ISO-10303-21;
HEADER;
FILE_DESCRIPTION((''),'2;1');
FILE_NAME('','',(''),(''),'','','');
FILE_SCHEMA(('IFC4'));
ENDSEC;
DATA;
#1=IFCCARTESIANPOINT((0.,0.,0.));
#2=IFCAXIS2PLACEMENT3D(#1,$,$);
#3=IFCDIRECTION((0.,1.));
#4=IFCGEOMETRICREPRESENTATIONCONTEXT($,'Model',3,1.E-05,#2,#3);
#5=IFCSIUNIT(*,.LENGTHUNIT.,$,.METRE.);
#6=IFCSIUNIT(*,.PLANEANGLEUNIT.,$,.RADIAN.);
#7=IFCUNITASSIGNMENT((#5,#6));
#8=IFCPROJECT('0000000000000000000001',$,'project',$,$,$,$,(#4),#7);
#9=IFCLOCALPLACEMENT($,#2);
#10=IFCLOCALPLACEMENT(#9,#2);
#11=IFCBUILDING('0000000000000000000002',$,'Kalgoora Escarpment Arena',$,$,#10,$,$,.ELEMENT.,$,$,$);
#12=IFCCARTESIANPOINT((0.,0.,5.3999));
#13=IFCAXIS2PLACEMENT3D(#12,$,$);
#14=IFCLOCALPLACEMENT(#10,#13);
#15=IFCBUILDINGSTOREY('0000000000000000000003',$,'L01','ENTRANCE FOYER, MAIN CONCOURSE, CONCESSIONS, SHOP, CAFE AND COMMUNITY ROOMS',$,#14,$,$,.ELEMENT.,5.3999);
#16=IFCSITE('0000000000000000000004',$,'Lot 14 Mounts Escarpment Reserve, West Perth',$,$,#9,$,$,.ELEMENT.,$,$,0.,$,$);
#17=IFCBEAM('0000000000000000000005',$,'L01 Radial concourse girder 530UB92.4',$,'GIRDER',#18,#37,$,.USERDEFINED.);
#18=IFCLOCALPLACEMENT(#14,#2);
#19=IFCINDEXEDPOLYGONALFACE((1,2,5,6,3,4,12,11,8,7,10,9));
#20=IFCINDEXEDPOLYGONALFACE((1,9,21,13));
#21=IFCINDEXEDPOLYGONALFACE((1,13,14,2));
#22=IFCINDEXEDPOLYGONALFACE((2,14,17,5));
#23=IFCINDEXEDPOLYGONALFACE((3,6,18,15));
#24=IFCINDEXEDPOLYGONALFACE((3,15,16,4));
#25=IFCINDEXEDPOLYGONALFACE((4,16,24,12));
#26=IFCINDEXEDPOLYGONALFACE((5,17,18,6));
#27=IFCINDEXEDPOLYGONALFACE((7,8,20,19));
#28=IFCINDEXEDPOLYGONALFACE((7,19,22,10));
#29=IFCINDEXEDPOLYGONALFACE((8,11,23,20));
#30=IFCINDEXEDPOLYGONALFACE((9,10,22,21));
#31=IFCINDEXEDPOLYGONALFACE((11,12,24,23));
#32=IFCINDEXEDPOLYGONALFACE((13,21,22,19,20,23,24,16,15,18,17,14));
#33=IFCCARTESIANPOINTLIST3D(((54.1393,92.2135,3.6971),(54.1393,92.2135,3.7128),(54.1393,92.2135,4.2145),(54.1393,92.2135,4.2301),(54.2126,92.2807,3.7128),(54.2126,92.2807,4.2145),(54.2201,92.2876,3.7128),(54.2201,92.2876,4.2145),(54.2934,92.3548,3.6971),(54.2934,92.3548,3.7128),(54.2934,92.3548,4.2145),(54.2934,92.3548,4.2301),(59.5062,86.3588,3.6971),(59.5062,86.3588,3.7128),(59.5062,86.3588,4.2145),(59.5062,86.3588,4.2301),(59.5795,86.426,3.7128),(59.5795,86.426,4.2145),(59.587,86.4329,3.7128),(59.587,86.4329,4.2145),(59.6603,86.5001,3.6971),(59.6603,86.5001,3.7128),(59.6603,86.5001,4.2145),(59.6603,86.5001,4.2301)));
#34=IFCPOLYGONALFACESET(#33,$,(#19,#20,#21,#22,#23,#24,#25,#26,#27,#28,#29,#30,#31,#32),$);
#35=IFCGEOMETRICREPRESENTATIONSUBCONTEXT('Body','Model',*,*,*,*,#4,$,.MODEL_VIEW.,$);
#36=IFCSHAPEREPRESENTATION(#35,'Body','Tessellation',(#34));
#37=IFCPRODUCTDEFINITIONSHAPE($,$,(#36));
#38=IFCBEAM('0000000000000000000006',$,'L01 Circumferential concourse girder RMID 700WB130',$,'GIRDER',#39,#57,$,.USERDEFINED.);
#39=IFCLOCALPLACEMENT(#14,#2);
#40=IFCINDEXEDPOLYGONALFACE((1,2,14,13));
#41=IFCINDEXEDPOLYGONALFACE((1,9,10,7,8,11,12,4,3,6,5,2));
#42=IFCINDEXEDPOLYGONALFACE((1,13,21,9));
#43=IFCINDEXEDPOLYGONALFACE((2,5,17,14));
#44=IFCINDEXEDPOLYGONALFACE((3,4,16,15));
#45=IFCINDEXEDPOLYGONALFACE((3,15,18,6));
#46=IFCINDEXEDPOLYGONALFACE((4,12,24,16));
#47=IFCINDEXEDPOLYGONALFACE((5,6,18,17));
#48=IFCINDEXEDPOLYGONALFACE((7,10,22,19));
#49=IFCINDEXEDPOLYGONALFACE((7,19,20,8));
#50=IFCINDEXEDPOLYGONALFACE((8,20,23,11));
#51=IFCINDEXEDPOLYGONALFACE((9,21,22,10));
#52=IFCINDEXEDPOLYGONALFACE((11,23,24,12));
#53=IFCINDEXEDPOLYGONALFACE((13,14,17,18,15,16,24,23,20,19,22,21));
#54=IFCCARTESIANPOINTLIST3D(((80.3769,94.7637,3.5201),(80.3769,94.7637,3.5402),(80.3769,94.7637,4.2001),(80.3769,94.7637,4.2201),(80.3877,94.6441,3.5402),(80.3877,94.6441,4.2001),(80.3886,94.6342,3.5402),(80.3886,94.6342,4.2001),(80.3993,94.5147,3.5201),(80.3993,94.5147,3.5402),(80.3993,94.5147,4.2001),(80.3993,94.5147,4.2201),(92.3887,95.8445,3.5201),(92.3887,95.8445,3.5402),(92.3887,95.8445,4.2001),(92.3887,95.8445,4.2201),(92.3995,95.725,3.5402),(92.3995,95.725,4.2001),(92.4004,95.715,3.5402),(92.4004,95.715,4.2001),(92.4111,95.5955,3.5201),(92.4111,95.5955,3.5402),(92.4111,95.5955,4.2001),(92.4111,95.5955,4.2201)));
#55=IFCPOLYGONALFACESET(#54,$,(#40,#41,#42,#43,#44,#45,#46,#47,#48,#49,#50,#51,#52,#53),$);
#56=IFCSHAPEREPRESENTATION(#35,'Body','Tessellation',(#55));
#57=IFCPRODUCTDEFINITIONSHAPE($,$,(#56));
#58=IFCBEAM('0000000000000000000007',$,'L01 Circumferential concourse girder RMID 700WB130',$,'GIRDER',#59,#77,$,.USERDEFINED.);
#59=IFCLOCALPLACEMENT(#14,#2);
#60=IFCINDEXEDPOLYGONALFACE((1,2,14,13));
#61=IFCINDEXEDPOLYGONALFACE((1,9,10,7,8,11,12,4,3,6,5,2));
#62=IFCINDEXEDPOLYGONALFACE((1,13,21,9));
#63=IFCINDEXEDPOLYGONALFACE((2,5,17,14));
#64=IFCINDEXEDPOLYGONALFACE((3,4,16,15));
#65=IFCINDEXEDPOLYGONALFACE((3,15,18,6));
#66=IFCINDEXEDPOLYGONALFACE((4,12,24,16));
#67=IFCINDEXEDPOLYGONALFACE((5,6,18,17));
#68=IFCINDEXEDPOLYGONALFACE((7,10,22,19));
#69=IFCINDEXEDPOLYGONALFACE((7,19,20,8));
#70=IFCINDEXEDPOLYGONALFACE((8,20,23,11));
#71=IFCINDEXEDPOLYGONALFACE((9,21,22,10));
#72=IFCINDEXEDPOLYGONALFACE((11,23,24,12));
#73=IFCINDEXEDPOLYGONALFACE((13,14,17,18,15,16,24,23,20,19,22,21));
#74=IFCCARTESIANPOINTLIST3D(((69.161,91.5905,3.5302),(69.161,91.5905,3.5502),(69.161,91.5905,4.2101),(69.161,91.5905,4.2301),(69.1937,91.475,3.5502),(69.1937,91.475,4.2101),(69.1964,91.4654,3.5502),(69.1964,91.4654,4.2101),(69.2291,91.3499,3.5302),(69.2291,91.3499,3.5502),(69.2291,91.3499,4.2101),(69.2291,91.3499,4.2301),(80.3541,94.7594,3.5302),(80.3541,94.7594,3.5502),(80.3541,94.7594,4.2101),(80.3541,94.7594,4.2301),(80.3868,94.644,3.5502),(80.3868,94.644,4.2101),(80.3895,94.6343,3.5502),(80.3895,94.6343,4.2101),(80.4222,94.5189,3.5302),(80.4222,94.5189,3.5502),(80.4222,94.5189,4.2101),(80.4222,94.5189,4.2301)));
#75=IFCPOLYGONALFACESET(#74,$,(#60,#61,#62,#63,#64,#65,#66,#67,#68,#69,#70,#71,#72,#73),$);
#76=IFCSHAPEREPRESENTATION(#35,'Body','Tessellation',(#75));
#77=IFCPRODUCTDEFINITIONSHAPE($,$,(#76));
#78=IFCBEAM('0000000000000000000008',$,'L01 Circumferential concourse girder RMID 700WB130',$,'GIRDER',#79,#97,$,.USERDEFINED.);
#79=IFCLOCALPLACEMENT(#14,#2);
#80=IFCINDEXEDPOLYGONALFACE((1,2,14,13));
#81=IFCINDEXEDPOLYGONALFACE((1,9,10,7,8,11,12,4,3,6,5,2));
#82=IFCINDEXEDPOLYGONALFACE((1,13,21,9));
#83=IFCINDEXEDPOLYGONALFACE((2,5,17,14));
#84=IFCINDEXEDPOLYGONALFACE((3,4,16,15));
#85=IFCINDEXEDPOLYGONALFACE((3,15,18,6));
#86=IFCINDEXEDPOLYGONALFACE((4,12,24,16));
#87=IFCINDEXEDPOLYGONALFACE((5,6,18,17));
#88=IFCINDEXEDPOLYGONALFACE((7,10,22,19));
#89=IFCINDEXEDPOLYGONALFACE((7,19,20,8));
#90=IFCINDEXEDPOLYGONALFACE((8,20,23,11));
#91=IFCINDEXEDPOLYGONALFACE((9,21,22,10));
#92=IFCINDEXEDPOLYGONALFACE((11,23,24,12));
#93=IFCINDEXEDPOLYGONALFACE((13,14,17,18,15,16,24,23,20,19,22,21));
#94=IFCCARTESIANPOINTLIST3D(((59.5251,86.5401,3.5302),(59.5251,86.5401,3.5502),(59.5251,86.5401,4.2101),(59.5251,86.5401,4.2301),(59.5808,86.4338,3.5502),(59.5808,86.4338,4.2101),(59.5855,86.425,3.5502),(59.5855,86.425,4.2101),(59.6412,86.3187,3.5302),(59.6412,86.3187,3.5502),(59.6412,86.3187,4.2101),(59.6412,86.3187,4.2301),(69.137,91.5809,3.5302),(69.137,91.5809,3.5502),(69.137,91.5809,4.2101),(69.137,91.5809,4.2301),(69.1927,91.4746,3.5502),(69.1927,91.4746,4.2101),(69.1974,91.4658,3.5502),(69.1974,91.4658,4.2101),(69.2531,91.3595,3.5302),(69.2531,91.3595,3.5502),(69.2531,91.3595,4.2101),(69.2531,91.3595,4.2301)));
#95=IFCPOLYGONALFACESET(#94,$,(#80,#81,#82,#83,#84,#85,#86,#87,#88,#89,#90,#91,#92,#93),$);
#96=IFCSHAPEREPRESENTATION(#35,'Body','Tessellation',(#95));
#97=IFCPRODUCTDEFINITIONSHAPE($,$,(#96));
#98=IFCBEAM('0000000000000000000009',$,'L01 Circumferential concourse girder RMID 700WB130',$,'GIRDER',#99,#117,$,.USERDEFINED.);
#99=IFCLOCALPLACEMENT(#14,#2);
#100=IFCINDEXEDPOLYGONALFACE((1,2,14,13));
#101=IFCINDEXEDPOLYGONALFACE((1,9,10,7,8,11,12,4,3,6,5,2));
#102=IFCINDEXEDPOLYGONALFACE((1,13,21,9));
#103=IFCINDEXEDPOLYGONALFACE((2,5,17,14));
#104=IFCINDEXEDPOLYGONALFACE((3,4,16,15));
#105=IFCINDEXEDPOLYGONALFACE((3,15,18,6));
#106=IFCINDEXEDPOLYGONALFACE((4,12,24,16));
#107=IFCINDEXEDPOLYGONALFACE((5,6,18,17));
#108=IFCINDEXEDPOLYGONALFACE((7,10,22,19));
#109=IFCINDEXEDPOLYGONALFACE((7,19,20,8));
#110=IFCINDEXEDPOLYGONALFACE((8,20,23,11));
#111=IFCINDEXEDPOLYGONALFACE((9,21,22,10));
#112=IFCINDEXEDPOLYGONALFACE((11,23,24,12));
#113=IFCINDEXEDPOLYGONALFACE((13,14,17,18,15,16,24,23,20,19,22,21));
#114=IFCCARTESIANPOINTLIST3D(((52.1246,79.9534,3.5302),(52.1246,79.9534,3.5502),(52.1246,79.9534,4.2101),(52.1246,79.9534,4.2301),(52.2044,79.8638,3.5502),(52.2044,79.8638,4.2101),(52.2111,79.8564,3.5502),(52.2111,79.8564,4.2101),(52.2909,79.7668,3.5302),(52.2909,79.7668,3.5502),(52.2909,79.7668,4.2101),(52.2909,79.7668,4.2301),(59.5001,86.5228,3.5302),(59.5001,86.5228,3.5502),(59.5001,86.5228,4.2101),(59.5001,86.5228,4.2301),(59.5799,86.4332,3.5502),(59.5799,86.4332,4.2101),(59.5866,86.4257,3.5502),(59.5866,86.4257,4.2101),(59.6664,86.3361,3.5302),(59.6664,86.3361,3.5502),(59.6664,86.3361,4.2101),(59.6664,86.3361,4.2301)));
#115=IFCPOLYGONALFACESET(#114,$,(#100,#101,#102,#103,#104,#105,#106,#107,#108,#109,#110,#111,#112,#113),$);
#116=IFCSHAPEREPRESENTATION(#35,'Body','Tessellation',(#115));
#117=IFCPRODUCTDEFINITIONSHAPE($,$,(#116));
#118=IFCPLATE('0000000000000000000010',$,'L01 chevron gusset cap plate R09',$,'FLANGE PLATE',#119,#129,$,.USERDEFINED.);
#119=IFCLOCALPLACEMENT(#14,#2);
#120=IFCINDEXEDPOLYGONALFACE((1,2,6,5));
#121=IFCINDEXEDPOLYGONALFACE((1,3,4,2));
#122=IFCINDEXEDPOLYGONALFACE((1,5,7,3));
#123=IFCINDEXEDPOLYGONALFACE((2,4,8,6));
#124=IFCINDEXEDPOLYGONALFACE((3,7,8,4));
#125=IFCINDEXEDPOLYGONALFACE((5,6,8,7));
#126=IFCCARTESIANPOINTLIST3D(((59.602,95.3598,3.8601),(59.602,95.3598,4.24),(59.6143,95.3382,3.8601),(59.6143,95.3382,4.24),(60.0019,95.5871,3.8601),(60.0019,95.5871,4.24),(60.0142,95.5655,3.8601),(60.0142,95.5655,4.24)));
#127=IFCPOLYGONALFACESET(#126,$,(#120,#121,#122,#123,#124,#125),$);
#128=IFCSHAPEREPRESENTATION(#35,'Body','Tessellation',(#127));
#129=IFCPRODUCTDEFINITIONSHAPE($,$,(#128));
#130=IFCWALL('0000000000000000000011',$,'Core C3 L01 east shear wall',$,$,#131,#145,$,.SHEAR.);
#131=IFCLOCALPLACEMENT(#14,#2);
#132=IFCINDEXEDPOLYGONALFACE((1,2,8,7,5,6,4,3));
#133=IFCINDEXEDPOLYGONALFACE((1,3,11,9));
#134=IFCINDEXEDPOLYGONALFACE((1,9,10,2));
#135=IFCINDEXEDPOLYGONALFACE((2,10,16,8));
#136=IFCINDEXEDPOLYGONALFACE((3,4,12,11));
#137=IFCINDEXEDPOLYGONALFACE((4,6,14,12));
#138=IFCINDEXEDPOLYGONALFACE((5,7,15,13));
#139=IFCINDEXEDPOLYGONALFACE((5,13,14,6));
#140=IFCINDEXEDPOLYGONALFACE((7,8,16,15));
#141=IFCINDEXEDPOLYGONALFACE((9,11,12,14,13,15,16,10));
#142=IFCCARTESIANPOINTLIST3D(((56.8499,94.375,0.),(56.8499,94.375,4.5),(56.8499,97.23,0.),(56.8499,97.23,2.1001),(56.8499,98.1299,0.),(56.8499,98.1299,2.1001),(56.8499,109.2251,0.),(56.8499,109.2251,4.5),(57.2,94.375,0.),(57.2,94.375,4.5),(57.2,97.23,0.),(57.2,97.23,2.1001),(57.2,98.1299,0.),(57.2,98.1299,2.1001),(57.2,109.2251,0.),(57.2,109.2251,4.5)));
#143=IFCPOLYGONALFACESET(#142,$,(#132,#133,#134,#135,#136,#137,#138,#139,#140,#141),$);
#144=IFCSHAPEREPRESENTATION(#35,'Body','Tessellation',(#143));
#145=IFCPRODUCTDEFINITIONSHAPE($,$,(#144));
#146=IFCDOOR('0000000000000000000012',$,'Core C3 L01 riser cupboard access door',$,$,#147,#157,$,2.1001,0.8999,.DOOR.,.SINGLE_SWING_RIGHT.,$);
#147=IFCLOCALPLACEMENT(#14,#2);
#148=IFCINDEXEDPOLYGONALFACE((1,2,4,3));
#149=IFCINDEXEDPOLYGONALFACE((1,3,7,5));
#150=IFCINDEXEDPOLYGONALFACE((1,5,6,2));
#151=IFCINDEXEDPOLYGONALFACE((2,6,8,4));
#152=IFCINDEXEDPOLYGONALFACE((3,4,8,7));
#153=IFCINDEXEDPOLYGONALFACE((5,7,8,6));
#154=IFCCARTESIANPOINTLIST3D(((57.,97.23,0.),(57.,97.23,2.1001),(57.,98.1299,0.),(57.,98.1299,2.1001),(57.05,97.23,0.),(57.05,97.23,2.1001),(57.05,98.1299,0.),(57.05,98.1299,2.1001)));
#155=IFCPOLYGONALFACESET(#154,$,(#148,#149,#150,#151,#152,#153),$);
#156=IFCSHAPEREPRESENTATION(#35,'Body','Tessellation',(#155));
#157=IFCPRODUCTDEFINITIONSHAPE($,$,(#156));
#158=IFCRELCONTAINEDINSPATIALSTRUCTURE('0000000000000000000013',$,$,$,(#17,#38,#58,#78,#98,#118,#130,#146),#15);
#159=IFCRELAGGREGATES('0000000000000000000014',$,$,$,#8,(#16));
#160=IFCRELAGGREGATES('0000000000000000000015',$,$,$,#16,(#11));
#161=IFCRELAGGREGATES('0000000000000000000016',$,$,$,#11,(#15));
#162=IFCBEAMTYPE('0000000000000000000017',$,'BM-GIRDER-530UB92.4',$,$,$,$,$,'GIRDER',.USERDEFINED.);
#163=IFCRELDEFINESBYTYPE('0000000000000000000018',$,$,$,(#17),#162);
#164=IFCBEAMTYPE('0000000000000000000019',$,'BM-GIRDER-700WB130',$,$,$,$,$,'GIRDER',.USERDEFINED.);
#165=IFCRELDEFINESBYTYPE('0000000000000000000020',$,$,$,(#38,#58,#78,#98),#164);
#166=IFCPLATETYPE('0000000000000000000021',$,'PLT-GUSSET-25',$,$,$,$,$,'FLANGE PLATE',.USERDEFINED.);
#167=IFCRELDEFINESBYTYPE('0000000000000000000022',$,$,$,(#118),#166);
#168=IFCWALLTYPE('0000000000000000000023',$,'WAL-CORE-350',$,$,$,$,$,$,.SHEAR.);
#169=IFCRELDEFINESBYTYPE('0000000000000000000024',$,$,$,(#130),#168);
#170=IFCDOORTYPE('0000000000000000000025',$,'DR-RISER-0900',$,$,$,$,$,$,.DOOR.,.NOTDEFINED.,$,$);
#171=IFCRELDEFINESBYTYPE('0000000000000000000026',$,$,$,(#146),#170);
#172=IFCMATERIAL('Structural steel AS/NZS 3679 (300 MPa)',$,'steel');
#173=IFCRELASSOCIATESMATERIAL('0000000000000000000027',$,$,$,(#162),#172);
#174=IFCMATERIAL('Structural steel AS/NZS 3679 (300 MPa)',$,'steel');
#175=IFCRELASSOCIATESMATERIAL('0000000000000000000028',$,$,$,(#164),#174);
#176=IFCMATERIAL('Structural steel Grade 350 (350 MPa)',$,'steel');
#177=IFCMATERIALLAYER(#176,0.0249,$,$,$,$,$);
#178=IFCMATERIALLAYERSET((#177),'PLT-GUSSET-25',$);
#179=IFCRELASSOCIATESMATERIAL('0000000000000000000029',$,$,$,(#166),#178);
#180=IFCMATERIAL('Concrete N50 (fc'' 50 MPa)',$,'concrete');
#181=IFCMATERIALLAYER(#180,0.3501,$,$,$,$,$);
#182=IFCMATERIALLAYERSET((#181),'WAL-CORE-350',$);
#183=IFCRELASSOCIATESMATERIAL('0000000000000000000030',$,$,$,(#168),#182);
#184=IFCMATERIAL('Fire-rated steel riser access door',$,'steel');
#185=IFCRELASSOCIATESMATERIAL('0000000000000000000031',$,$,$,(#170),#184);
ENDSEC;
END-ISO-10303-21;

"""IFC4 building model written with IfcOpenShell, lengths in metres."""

from ifc_helpers import new_model, si_unit, direction, frame, frame_2d, origin, origin_2d, place, context, subcontext, project, spatial, rectangle, i_section, extrude, material, layer, layer_set, material_profile, profile_set, type_object, element, fill, save


model = new_model("IFC4")

# Units and contexts
model_context = context("Model", 3, precision=1e-05, world=origin(), true_north=direction((0.0, 1.0)))
body_context = subcontext(model_context, "Body", "Model", "MODEL_VIEW")
ifc_project = project(units=[si_unit("LENGTHUNIT", "METRE"), si_unit("PLANEANGLEUNIT", "RADIAN")], contexts=[model_context])

# Site, building, storey
site_placement = place(None, origin())
site = spatial("IfcSite", under=ifc_project, at=site_placement, Name="Lot 14 Mounts Escarpment Reserve, West Perth", CompositionType="ELEMENT", RefElevation=0.0)
building_placement = place(site_placement, origin())
building = spatial("IfcBuilding", under=site, at=building_placement, Name="Kalgoora Escarpment Arena", CompositionType="ELEMENT")
storey_placement = place(building_placement, frame((0.0, 0.0, 5.3999)))
storey = spatial("IfcBuildingStorey", under=building, at=storey_placement, Name="L01", Description="ENTRANCE FOYER, MAIN CONCOURSE, CONCESSIONS, SHOP, CAFE AND COMMUNITY ROOMS", CompositionType="ELEMENT", Elevation=5.3999)

# Beams
ifc_material_1 = material(Name="Structural steel AS/NZS 3679 (300 MPa)", Category="steel")
ifc_material_profile_1 = material_profile(ifc_material_1, i_section(OverallWidth=0.209, OverallDepth=0.533, WebThickness=0.0103, FlangeThickness=0.0156, at=origin_2d()))
ifc_profile_set_1 = profile_set([ifc_material_profile_1], Name="Structural steel AS/NZS 3679 (300 MPa)")
beam_type_1 = type_object("IfcBeamType", Name="BM-GIRDER-530UB92.4", ElementType="GIRDER", PredefinedType="USERDEFINED", material=ifc_profile_set_1)
beam_1_placement = place(storey_placement, frame((59.5833, 86.4294, 3.9636), z_axis=(-0.675732, 0.737148, 0.0), x_axis=(-0.737148, -0.675732, 0.0)))
element("IfcBeam", 1, at=beam_1_placement, inside=storey, type_object=beam_type_1, Name="L01 Radial concourse girder 530UB92.4", ObjectType="GIRDER", PredefinedType="USERDEFINED", context=body_context, shape_type="SweptSolid", body=[
    extrude(i_section(OverallWidth=0.209, OverallDepth=0.533, WebThickness=0.0103, FlangeThickness=0.0156, at=origin_2d()), origin(), (0.0, 0.0, 1.0), 7.9424),
])
ifc_material_2 = material(Name="Structural steel AS/NZS 3679 (300 MPa)", Category="steel")
ifc_material_profile_2 = material_profile(ifc_material_2, i_section(OverallWidth=0.25, OverallDepth=0.7, WebThickness=0.01, FlangeThickness=0.02, at=origin_2d()))
ifc_profile_set_2 = profile_set([ifc_material_profile_2], Name="Structural steel AS/NZS 3679 (300 MPa)")
beam_type_2 = type_object("IfcBeamType", Name="BM-GIRDER-700WB130", ElementType="GIRDER", PredefinedType="USERDEFINED", material=ifc_profile_set_2)
beam_2_placement = place(storey_placement, frame((92.3999, 95.72, 3.8701), z_axis=(-0.995976, -0.089618, 0.0), x_axis=(0.089618, -0.995976, 0.0)))
element("IfcBeam", 2, at=beam_2_placement, inside=storey, type_object=beam_type_2, Name="L01 Circumferential concourse girder RMID 700WB130", ObjectType="GIRDER", PredefinedType="USERDEFINED", context=body_context, shape_type="SweptSolid", body=[
    extrude(i_section(OverallWidth=0.25, OverallDepth=0.7, WebThickness=0.01, FlangeThickness=0.02, at=origin_2d()), origin(), (0.0, 0.0, 1.0), 12.0603),
])
beam_3_placement = place(storey_placement, frame((80.3882, 94.6392, 3.8801), z_axis=(-0.962182, -0.272409, 0.0), x_axis=(0.272409, -0.962182, 0.0)))
element("IfcBeam", 3, at=beam_3_placement, inside=storey, type_object=beam_type_2, Name="L01 Circumferential concourse girder RMID 700WB130", ObjectType="GIRDER", PredefinedType="USERDEFINED", context=body_context, shape_type="SweptSolid", body=[
    extrude(i_section(OverallWidth=0.25, OverallDepth=0.7, WebThickness=0.01, FlangeThickness=0.02, at=origin_2d()), origin(), (0.0, 0.0, 1.0), 11.6331),
])
beam_4_placement = place(storey_placement, frame((69.1951, 91.4702, 3.8801), z_axis=(-0.885604, -0.464441, 0.0), x_axis=(0.464441, -0.885604, 0.0)))
element("IfcBeam", 4, at=beam_4_placement, inside=storey, type_object=beam_type_2, Name="L01 Circumferential concourse girder RMID 700WB130", ObjectType="GIRDER", PredefinedType="USERDEFINED", context=body_context, shape_type="SweptSolid", body=[
    extrude(i_section(OverallWidth=0.25, OverallDepth=0.7, WebThickness=0.01, FlangeThickness=0.02, at=origin_2d()), origin(), (0.0, 0.0, 1.0), 10.8535),
])
beam_5_placement = place(storey_placement, frame((59.5833, 86.4294, 3.8801), z_axis=(-0.746738, -0.665118, 0.0), x_axis=(0.665118, -0.746738, 0.0)))
element("IfcBeam", 5, at=beam_5_placement, inside=storey, type_object=beam_type_2, Name="L01 Circumferential concourse girder RMID 700WB130", ObjectType="GIRDER", PredefinedType="USERDEFINED", context=body_context, shape_type="SweptSolid", body=[
    extrude(i_section(OverallWidth=0.25, OverallDepth=0.7, WebThickness=0.01, FlangeThickness=0.02, at=origin_2d()), origin(), (0.0, 0.0, 1.0), 9.877),
])

# Plate
ifc_material_3 = material(Name="Structural steel Grade 350 (350 MPa)", Category="steel")
ifc_layer_1 = layer(ifc_material_3, 0.0249)
ifc_layer_set_1 = layer_set([ifc_layer_1], Name="PLT-GUSSET-25")
plate_type = type_object("IfcPlateType", Name="PLT-GUSSET-25", ElementType="FLANGE PLATE", PredefinedType="USERDEFINED", material=ifc_layer_set_1)
plate_placement = place(storey_placement, frame((59.8081, 95.4626, 3.8601), z_axis=(0.0, 0.0, 1.0), x_axis=(-0.869409, -0.494094, 0.0)))
element("IfcPlate", 6, at=plate_placement, inside=storey, type_object=plate_type, Name="L01 chevron gusset cap plate R09", ObjectType="FLANGE PLATE", PredefinedType="USERDEFINED", context=body_context, shape_type="SweptSolid", body=[
    extrude(rectangle(XDim=0.46, YDim=0.0249, at=origin_2d()), origin(), (0.0, 0.0, 1.0), 0.3799),
])

# Wall, opening, door
ifc_material_4 = material(Name="Concrete N50 (fc' 50 MPa)", Category="concrete")
ifc_layer_2 = layer(ifc_material_4, 0.3501)
ifc_layer_set_2 = layer_set([ifc_layer_2], Name="WAL-CORE-350")
wall_type_1 = type_object("IfcWallType", Name="WAL-CORE-350", PredefinedType="SHEAR", material=ifc_layer_set_2)
wall_1_placement = place(storey_placement, frame((57.0249, 94.375, 0.0), z_axis=(0.0, 0.0, 1.0), x_axis=(0.0, 1.0, 0.0)))
wall_1 = element("IfcWall", 7, at=wall_1_placement, inside=storey, type_object=wall_type_1, Name="Core C3 L01 east shear wall", PredefinedType="SHEAR", context=body_context, shape_type="SweptSolid", body=[
    extrude(rectangle(XDim=14.8501, YDim=0.3501, at=frame_2d((7.425, 0.0))), origin(), (0.0, 0.0, 1.0), 4.5),
])
opening_1_placement = place(wall_1_placement, frame((2.855, 0.0, 0.0)))
opening_1 = element("IfcOpeningElement", 8, at=opening_1_placement, cuts=wall_1, PredefinedType="OPENING", context=body_context, shape_type="SweptSolid", body=[
    extrude(rectangle(XDim=0.8999, YDim=2.1001, at=frame_2d((0.45, 1.05))), frame((0.0, 0.1851, 0.0), z_axis=(0.0, -1.0, 0.0), x_axis=(1.0, 0.0, 0.0)), (0.0, 0.0, 1.0), 0.3701),
])
ifc_material_5 = material(Name="Fire-rated steel riser access door", Category="steel")
door_type_1 = type_object("IfcDoorType", Name="DR-RISER-0900", OperationType="NOTDEFINED", PredefinedType="DOOR", material=ifc_material_5)
door_1_placement = place(opening_1_placement, origin())
door_1 = element("IfcDoor", 9, at=door_1_placement, inside=storey, type_object=door_type_1, Name="Core C3 L01 riser cupboard access door", OperationType="SINGLE_SWING_RIGHT", OverallHeight=2.1001, OverallWidth=0.8999, PredefinedType="DOOR", context=body_context, shape_type="SweptSolid", body=[
    extrude(rectangle(XDim=0.8999, YDim=2.1001, at=frame_2d((0.45, 1.05))), frame((0.0, 0.0249, 0.0), z_axis=(0.0, -1.0, 0.0), x_axis=(1.0, 0.0, 0.0)), (0.0, 0.0, 1.0), 0.05),
])
fill(opening_1, door_1)

save(model, "model.ifc")
